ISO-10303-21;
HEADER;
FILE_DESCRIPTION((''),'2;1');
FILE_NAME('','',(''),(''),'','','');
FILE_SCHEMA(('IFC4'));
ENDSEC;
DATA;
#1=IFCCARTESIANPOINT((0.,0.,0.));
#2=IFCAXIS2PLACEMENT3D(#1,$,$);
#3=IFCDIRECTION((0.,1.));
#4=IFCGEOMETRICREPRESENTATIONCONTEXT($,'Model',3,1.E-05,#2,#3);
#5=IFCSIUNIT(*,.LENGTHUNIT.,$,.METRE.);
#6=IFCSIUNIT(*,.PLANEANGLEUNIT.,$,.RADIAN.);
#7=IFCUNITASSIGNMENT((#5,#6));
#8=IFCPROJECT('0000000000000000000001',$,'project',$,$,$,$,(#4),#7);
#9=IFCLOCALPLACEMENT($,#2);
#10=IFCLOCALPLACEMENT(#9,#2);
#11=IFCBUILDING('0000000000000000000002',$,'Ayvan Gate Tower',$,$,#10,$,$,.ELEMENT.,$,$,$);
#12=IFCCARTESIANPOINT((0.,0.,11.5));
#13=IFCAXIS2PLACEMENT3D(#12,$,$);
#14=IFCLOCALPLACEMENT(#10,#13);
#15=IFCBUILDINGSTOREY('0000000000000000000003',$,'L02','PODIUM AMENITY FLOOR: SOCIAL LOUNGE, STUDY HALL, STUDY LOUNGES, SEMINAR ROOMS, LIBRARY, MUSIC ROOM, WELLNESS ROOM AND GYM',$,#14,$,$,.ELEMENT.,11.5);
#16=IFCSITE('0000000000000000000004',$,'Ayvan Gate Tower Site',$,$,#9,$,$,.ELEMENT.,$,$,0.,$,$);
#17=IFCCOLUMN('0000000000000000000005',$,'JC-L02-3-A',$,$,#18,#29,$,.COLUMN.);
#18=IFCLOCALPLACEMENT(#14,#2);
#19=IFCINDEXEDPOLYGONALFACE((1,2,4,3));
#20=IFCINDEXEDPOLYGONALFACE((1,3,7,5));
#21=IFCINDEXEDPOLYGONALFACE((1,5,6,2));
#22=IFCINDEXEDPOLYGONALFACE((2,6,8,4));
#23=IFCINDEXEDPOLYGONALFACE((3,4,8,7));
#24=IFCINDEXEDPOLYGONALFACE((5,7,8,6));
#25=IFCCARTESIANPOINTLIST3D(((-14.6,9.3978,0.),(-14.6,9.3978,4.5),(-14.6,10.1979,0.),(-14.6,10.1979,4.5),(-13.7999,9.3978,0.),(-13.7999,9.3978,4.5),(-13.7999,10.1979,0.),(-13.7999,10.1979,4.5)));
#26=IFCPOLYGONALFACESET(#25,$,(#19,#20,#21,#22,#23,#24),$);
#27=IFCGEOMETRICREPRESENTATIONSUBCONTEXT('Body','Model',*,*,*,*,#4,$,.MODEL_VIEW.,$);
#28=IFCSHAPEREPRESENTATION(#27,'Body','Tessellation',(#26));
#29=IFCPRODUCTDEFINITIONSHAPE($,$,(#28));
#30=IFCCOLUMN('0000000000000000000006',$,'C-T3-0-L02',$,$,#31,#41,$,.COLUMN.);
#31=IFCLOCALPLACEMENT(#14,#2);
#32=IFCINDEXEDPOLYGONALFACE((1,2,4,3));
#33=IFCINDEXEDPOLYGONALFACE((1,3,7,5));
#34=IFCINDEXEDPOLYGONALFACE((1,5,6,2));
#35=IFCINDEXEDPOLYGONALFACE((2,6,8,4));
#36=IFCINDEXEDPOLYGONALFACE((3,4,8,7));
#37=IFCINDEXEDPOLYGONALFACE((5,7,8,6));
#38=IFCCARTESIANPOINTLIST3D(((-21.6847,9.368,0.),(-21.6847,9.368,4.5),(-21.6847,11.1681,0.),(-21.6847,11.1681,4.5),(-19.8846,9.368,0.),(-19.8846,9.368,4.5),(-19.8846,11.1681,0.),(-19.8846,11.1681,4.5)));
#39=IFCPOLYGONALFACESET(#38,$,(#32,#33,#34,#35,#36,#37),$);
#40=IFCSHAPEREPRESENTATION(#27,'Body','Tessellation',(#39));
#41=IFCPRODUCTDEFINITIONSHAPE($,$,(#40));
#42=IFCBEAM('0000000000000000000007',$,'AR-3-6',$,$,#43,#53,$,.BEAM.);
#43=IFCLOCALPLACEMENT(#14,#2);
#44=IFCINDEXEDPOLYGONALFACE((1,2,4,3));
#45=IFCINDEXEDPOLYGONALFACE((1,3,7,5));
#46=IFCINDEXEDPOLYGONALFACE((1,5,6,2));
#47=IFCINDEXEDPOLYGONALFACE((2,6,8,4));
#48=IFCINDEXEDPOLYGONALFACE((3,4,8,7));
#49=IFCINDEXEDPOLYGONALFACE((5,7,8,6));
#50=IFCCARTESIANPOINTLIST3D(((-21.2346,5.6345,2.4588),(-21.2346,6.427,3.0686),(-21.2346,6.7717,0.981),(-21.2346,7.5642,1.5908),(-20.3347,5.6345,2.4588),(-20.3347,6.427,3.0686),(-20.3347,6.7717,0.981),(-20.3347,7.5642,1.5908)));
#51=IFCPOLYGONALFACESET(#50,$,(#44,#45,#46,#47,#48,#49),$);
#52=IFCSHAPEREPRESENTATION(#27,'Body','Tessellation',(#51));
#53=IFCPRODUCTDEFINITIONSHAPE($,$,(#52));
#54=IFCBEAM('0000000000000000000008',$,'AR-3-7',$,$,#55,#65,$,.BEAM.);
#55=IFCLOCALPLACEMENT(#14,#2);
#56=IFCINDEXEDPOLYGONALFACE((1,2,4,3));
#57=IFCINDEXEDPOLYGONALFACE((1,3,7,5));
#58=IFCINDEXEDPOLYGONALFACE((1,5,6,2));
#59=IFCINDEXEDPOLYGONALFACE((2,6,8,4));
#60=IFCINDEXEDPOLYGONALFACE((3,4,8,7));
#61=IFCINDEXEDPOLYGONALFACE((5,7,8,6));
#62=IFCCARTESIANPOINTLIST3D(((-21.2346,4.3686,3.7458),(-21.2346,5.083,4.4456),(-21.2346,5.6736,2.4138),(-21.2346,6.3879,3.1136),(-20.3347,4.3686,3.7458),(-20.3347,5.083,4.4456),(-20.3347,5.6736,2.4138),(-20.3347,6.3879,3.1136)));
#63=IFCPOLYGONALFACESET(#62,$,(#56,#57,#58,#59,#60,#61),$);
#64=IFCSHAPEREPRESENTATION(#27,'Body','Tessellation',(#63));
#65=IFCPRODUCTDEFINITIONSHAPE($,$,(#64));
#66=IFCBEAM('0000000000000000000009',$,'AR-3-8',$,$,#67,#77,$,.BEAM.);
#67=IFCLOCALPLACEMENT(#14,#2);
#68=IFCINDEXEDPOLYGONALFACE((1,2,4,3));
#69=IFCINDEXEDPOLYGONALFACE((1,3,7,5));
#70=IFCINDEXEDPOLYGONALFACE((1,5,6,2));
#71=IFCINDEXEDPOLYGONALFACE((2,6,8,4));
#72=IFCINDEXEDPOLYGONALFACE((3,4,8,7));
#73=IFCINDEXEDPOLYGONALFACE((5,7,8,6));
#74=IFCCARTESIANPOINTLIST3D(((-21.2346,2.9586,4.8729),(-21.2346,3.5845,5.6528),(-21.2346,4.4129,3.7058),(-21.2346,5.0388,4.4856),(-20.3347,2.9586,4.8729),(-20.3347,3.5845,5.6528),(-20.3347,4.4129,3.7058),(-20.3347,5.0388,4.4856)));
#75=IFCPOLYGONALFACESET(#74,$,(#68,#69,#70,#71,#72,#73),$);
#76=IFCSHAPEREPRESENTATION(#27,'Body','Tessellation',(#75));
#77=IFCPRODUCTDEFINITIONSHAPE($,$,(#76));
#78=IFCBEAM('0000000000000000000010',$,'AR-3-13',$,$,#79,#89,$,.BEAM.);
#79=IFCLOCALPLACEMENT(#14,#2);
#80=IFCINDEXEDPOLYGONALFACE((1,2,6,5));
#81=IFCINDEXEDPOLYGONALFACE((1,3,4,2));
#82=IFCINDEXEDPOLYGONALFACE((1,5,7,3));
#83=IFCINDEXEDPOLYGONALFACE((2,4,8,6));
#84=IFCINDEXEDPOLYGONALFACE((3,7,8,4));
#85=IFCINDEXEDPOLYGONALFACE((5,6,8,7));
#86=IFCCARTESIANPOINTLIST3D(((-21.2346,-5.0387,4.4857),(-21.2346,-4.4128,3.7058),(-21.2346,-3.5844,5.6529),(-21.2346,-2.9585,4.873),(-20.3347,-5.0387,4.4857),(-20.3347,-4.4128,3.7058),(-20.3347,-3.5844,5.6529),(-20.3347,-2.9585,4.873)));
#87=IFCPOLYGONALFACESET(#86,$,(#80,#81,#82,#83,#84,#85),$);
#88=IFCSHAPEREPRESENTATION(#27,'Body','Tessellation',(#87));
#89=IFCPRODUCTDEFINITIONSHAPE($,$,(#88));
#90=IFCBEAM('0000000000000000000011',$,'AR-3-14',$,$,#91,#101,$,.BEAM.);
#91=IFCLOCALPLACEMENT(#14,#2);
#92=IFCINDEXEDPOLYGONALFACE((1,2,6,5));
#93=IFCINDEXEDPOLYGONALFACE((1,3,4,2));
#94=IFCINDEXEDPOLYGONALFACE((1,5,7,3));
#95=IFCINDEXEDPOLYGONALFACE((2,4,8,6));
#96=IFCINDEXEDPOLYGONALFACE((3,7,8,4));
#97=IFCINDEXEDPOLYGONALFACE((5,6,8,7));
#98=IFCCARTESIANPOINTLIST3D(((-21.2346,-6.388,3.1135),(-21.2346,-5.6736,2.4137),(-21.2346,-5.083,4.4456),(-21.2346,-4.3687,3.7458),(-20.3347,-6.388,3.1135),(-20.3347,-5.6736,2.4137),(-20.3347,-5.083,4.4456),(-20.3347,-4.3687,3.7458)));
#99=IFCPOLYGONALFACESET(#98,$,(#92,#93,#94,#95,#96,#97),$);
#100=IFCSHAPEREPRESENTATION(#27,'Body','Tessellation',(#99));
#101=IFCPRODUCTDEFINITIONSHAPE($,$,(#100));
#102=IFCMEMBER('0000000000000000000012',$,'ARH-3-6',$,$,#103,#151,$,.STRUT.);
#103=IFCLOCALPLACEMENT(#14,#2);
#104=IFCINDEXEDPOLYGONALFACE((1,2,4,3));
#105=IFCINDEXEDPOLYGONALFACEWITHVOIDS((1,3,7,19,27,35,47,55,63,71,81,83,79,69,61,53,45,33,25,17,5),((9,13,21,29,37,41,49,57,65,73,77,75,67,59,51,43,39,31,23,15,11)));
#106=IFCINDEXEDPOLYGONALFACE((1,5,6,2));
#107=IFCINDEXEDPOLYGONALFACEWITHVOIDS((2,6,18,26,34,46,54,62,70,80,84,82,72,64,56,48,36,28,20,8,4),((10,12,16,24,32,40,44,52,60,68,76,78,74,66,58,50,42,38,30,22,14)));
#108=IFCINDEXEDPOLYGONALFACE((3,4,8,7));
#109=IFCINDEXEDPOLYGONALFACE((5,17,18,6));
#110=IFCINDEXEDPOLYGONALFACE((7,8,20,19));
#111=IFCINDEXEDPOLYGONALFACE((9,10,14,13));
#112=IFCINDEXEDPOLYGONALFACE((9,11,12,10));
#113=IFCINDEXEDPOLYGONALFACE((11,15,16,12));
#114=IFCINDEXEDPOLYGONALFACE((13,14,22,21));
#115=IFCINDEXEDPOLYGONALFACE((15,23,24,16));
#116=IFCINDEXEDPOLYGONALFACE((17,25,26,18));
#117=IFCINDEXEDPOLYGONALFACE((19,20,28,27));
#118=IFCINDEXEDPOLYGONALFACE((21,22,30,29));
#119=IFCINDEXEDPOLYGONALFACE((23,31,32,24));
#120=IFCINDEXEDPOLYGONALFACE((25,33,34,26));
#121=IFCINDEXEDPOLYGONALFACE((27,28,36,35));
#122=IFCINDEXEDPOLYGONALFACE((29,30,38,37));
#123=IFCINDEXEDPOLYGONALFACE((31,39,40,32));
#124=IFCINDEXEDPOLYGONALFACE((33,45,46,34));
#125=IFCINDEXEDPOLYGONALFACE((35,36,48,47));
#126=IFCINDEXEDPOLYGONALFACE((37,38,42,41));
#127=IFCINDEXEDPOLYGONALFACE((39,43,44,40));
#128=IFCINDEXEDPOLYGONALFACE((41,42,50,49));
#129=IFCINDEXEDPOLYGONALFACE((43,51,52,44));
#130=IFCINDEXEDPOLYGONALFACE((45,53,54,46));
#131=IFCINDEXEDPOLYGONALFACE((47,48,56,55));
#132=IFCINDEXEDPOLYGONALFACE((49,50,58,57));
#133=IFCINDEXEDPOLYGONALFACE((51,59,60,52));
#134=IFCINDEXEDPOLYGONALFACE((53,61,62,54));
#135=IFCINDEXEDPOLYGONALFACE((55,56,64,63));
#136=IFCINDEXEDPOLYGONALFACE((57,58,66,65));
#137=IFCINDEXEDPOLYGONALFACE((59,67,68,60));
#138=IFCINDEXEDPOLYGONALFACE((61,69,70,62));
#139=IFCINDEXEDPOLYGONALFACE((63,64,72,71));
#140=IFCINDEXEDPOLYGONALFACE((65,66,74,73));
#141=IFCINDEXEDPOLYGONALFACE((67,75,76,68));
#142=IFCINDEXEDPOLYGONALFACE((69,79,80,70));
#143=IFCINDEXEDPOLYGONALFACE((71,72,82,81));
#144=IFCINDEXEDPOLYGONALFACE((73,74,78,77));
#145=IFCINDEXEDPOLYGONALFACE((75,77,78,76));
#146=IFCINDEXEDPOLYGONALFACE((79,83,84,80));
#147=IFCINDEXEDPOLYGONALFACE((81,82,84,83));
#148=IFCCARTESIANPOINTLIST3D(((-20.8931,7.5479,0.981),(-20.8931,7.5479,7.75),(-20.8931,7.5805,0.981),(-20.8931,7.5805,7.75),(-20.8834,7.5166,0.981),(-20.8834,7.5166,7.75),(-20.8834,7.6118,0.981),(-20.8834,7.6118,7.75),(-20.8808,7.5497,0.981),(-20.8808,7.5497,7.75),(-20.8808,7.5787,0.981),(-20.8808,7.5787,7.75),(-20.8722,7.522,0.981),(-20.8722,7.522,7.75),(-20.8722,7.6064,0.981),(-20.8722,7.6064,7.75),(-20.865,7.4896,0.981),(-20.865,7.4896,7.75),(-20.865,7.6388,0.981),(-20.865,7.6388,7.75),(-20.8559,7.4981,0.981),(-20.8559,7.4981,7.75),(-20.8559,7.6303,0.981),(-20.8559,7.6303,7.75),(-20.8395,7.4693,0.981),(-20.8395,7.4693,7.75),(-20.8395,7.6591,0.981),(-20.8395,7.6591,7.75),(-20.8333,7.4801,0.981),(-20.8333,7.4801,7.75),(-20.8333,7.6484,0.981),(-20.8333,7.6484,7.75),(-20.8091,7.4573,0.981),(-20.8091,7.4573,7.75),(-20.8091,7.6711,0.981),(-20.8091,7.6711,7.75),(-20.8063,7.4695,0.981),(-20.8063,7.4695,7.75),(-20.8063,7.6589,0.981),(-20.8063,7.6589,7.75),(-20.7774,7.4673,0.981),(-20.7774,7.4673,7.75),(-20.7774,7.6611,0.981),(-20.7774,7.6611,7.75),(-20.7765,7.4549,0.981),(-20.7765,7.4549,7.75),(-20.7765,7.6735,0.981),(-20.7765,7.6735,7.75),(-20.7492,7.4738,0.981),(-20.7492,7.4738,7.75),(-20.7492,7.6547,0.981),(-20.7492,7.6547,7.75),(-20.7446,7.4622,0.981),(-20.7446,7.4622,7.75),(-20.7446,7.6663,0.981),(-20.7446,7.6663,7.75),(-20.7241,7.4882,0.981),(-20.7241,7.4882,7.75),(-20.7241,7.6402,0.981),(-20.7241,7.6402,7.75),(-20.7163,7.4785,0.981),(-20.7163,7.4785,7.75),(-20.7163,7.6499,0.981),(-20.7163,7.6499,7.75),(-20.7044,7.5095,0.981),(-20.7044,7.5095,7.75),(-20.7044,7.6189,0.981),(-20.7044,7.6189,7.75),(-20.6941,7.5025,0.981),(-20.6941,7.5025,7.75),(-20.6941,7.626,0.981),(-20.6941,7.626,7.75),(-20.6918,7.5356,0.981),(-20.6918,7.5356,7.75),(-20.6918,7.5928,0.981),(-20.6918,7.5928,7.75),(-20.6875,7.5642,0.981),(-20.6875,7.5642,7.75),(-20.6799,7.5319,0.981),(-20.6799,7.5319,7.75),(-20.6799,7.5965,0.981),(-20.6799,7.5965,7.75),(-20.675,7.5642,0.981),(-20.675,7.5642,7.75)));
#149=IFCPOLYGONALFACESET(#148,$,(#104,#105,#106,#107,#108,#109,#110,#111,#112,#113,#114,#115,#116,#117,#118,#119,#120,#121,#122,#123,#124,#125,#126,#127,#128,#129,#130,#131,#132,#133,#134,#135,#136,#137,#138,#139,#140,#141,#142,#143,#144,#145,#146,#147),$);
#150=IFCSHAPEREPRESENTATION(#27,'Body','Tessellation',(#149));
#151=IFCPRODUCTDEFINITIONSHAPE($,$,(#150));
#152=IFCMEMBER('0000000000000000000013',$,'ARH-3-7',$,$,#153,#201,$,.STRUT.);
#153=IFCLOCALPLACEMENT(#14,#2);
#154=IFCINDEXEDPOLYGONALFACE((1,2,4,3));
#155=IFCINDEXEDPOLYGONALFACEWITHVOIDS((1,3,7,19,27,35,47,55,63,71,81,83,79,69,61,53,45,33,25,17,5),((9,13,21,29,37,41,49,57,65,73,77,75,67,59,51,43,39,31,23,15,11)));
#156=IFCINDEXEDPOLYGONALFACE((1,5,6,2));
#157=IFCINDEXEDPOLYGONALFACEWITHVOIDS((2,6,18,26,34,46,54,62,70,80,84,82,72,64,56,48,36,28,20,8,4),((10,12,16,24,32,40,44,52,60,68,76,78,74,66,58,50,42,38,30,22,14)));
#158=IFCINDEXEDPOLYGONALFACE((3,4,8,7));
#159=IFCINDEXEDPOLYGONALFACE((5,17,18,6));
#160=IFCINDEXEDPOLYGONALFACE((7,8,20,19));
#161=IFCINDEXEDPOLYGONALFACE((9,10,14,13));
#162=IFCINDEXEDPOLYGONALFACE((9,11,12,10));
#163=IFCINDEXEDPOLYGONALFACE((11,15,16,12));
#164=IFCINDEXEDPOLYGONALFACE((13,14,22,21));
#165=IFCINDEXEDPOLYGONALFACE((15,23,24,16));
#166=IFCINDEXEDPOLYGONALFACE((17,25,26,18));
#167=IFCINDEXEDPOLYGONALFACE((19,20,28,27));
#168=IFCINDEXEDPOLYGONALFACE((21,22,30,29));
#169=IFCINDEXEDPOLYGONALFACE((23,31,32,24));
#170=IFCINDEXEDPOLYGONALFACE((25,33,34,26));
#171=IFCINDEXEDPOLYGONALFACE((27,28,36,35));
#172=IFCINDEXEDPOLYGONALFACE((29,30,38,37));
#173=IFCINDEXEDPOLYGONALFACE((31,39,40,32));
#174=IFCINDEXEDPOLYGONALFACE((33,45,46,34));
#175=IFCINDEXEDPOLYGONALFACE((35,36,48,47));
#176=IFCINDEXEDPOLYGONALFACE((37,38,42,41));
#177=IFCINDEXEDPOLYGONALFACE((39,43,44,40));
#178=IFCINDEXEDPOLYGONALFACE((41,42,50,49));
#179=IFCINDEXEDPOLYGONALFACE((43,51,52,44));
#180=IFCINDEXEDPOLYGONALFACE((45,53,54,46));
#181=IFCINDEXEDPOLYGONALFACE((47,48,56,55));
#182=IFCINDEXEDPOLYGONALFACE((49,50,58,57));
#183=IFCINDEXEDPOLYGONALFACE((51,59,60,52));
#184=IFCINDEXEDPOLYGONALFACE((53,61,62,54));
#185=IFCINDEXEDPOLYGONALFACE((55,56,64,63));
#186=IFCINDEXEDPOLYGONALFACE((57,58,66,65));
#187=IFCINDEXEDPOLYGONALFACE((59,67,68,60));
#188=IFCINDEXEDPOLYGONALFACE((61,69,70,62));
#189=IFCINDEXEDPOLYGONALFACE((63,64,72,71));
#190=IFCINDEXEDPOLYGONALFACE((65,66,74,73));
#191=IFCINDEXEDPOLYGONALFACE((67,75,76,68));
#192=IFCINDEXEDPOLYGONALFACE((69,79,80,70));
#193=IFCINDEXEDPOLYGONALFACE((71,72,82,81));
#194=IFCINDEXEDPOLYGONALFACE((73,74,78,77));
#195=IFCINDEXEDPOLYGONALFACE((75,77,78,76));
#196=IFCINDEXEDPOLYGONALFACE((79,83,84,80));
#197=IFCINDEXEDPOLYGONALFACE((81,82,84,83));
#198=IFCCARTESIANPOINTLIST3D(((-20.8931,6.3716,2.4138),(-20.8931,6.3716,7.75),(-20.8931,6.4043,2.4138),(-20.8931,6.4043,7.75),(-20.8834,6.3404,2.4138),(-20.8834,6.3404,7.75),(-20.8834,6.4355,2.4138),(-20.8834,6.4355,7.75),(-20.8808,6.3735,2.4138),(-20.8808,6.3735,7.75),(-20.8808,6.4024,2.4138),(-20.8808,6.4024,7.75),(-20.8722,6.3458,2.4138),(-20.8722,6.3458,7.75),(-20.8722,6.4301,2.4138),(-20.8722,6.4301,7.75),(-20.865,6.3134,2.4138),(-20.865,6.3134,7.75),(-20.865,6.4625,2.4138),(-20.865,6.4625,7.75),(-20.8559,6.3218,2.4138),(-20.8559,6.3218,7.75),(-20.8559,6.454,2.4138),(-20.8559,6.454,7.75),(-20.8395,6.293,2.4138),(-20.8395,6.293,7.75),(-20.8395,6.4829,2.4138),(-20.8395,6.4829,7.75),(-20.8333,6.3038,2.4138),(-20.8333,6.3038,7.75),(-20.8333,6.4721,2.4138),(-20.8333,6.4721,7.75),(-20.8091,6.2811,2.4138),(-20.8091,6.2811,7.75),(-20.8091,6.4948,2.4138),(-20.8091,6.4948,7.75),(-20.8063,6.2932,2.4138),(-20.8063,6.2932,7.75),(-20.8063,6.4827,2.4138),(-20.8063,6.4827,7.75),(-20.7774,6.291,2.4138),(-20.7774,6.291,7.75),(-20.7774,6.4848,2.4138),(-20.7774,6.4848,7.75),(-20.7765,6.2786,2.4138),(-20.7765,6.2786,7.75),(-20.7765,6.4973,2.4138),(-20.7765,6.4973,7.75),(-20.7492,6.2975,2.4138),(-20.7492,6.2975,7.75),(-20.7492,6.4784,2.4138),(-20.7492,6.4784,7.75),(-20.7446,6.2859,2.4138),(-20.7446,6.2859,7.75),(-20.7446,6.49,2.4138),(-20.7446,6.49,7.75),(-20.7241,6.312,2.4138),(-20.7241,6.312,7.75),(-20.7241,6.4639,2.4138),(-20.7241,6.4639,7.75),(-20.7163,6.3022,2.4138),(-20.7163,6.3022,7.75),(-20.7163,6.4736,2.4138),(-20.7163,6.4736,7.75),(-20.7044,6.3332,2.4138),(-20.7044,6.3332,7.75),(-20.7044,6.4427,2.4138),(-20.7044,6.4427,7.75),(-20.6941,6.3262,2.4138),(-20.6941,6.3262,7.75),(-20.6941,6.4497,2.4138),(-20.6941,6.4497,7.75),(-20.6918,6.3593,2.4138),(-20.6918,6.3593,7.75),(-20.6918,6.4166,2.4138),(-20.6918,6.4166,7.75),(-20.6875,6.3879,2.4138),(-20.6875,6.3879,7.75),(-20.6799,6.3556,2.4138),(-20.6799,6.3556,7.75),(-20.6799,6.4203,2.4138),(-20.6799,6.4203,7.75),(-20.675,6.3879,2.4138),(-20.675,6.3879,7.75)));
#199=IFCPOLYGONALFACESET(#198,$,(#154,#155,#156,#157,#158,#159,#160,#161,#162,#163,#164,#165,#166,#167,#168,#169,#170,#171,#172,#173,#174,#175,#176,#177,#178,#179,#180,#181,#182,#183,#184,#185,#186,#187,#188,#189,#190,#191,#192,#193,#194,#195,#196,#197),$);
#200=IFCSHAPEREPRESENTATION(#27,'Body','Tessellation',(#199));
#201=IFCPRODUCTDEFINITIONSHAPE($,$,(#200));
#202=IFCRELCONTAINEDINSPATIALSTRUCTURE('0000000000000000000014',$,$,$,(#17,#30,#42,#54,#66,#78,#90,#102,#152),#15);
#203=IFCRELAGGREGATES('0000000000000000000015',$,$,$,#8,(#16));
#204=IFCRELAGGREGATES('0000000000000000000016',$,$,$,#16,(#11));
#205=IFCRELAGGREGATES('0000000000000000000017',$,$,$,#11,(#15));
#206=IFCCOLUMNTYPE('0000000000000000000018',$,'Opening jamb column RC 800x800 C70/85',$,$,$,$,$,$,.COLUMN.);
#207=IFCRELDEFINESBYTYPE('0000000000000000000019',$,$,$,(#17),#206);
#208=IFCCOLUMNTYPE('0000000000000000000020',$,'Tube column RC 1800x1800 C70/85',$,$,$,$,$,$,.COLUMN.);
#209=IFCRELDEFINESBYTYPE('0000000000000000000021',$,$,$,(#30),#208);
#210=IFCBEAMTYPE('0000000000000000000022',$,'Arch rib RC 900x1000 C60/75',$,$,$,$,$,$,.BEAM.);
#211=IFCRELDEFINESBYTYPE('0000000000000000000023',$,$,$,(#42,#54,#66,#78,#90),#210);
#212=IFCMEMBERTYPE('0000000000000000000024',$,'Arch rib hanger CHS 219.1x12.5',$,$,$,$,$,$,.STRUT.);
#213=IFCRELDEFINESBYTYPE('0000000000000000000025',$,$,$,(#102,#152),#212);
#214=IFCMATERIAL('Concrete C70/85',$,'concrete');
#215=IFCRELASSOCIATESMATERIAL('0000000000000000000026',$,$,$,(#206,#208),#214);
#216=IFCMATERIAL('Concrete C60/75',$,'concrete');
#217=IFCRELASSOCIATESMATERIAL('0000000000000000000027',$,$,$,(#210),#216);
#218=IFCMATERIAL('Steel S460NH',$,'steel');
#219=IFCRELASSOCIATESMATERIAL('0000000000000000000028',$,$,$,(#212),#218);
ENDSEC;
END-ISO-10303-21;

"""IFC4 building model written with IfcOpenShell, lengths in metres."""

from ifc_helpers import new_model, si_unit, direction, frame, origin, origin_2d, place, context, subcontext, project, spatial, rectangle, hollow_circle, extrude, material, material_profile, profile_set, type_object, element, save


model = new_model("IFC4")

# Units and contexts
model_context = context("Model", 3, precision=1e-05, world=origin(), true_north=direction((0.0, 1.0)))
body_context = subcontext(model_context, "Body", "Model", "MODEL_VIEW")
ifc_project = project(units=[si_unit("LENGTHUNIT", "METRE"), si_unit("PLANEANGLEUNIT", "RADIAN")], contexts=[model_context])

# Site, building, storey
site_placement = place(None, origin())
site = spatial("IfcSite", under=ifc_project, at=site_placement, Name="Ayvan Gate Tower Site", CompositionType="ELEMENT", RefElevation=0.0)
building_placement = place(site_placement, origin())
building = spatial("IfcBuilding", under=site, at=building_placement, Name="Ayvan Gate Tower", CompositionType="ELEMENT")
storey_placement = place(building_placement, frame((0.0, 0.0, 11.5)))
storey = spatial("IfcBuildingStorey", under=building, at=storey_placement, Name="L02", Description="PODIUM AMENITY FLOOR: SOCIAL LOUNGE, STUDY HALL, STUDY LOUNGES, SEMINAR ROOMS, LIBRARY, MUSIC ROOM, WELLNESS ROOM AND GYM", CompositionType="ELEMENT", Elevation=11.5)

# Columns
ifc_material_1 = material(Name="Concrete C70/85", Category="concrete")
ifc_material_profile_1 = material_profile(ifc_material_1, rectangle(XDim=0.8, YDim=0.8, at=origin_2d()), Name="RC 800x800")
ifc_profile_set_1 = profile_set([ifc_material_profile_1], Name="Concrete C70/85")
column_type_1 = type_object("IfcColumnType", Name="Opening jamb column RC 800x800 C70/85", PredefinedType="COLUMN", material=ifc_profile_set_1)
column_1_placement = place(storey_placement, frame((-14.2, 9.7979, 0.0), z_axis=(0.0, 0.0, 1.0), x_axis=(-1.0, 0.0, 0.0)))
element("IfcColumn", 1, at=column_1_placement, inside=storey, type_object=column_type_1, Name="JC-L02-3-A", PredefinedType="COLUMN", context=body_context, shape_type="SweptSolid", body=[
    extrude(rectangle(XDim=0.8, YDim=0.8, at=origin_2d()), origin(), (0.0, 0.0, 1.0), 4.5),
])
ifc_material_profile_2 = material_profile(ifc_material_1, rectangle(XDim=1.8, YDim=1.8, at=origin_2d()), Name="RC 1800x1800")
ifc_profile_set_2 = profile_set([ifc_material_profile_2], Name="Concrete C70/85")
column_type_2 = type_object("IfcColumnType", Name="Tube column RC 1800x1800 C70/85", PredefinedType="COLUMN", material=ifc_profile_set_2)
column_2_placement = place(storey_placement, frame((-20.7847, 10.2681, 0.0), z_axis=(0.0, 0.0, 1.0), x_axis=(-1.0, 0.0, 0.0)))
element("IfcColumn", 2, at=column_2_placement, inside=storey, type_object=column_type_2, Name="C-T3-0-L02", PredefinedType="COLUMN", context=body_context, shape_type="SweptSolid", body=[
    extrude(rectangle(XDim=1.8, YDim=1.8, at=origin_2d()), origin(), (0.0, 0.0, 1.0), 4.5),
])

# Beams
ifc_material_2 = material(Name="Concrete C60/75", Category="concrete")
ifc_material_profile_3 = material_profile(ifc_material_2, rectangle(XDim=0.8999, YDim=1.0, at=origin_2d()), Name="RC 900x1000")
ifc_profile_set_3 = profile_set([ifc_material_profile_3], Name="Concrete C60/75")
beam_type_1 = type_object("IfcBeamType", Name="Arch rib RC 900x1000 C60/75", PredefinedType="BEAM", material=ifc_profile_set_3)
for number, where, z_axis, x_axis, name in (
    (3, (-20.7847, 7.168, 1.2859), (0.0, -0.609863, 0.792507), (1.0, 0.0, 0.0), "AR-3-6"),
    (4, (-20.7847, 6.0308, 2.7637), (0.0, -0.699803, 0.714336), (1.0, 0.0, 0.0), "AR-3-7"),
    (5, (-20.7847, 4.7258, 4.0957), (0.0, -0.779884, 0.625924), (1.0, 0.0, 0.0), "AR-3-8"),
    (6, (-20.7847, -3.2715, 5.2629), (0.0, -0.779884, -0.625924), (1.0, 0.0, 0.0), "AR-3-13"),
    (7, (-20.7847, -4.7258, 4.0957), (0.0, -0.699803, -0.714336), (1.0, 0.0, 0.0), "AR-3-14"),
):
    element("IfcBeam", number, at=place(storey_placement, frame(where, z_axis=z_axis, x_axis=x_axis)), inside=storey, type_object=beam_type_1, Name=name, PredefinedType="BEAM", context=body_context, shape_type="SweptSolid", body=[
        extrude(rectangle(XDim=0.8999, YDim=1.0, at=origin_2d()), origin(), (0.0, 0.0, 1.0), 1.8647),
    ])

# Members
ifc_material_3 = material(Name="Steel S460NH", Category="steel")
ifc_material_profile_4 = material_profile(ifc_material_3, hollow_circle(Radius=0.1096, WallThickness=0.0125, at=origin_2d()), Name="CHS 219.1x12.5")
ifc_profile_set_4 = profile_set([ifc_material_profile_4], Name="Steel S460NH")
member_type = type_object("IfcMemberType", Name="Arch rib hanger CHS 219.1x12.5", PredefinedType="STRUT", material=ifc_profile_set_4)
member_1_placement = place(storey_placement, frame((-20.7847, 7.5642, 0.981), z_axis=(0.0, 0.0, 1.0), x_axis=(1.0, 0.0, 0.0)))
element("IfcMember", 8, at=member_1_placement, inside=storey, type_object=member_type, Name="ARH-3-6", PredefinedType="STRUT", context=body_context, shape_type="SweptSolid", body=[
    extrude(hollow_circle(Radius=0.1096, WallThickness=0.0125, at=origin_2d()), origin(), (0.0, 0.0, 1.0), 6.769),
])
member_2_placement = place(storey_placement, frame((-20.7847, 6.3879, 2.4138), z_axis=(0.0, 0.0, 1.0), x_axis=(1.0, 0.0, 0.0)))
element("IfcMember", 9, at=member_2_placement, inside=storey, type_object=member_type, Name="ARH-3-7", PredefinedType="STRUT", context=body_context, shape_type="SweptSolid", body=[
    extrude(hollow_circle(Radius=0.1096, WallThickness=0.0125, at=origin_2d()), origin(), (0.0, 0.0, 1.0), 5.3362),
])

save(model, "model.ifc")
